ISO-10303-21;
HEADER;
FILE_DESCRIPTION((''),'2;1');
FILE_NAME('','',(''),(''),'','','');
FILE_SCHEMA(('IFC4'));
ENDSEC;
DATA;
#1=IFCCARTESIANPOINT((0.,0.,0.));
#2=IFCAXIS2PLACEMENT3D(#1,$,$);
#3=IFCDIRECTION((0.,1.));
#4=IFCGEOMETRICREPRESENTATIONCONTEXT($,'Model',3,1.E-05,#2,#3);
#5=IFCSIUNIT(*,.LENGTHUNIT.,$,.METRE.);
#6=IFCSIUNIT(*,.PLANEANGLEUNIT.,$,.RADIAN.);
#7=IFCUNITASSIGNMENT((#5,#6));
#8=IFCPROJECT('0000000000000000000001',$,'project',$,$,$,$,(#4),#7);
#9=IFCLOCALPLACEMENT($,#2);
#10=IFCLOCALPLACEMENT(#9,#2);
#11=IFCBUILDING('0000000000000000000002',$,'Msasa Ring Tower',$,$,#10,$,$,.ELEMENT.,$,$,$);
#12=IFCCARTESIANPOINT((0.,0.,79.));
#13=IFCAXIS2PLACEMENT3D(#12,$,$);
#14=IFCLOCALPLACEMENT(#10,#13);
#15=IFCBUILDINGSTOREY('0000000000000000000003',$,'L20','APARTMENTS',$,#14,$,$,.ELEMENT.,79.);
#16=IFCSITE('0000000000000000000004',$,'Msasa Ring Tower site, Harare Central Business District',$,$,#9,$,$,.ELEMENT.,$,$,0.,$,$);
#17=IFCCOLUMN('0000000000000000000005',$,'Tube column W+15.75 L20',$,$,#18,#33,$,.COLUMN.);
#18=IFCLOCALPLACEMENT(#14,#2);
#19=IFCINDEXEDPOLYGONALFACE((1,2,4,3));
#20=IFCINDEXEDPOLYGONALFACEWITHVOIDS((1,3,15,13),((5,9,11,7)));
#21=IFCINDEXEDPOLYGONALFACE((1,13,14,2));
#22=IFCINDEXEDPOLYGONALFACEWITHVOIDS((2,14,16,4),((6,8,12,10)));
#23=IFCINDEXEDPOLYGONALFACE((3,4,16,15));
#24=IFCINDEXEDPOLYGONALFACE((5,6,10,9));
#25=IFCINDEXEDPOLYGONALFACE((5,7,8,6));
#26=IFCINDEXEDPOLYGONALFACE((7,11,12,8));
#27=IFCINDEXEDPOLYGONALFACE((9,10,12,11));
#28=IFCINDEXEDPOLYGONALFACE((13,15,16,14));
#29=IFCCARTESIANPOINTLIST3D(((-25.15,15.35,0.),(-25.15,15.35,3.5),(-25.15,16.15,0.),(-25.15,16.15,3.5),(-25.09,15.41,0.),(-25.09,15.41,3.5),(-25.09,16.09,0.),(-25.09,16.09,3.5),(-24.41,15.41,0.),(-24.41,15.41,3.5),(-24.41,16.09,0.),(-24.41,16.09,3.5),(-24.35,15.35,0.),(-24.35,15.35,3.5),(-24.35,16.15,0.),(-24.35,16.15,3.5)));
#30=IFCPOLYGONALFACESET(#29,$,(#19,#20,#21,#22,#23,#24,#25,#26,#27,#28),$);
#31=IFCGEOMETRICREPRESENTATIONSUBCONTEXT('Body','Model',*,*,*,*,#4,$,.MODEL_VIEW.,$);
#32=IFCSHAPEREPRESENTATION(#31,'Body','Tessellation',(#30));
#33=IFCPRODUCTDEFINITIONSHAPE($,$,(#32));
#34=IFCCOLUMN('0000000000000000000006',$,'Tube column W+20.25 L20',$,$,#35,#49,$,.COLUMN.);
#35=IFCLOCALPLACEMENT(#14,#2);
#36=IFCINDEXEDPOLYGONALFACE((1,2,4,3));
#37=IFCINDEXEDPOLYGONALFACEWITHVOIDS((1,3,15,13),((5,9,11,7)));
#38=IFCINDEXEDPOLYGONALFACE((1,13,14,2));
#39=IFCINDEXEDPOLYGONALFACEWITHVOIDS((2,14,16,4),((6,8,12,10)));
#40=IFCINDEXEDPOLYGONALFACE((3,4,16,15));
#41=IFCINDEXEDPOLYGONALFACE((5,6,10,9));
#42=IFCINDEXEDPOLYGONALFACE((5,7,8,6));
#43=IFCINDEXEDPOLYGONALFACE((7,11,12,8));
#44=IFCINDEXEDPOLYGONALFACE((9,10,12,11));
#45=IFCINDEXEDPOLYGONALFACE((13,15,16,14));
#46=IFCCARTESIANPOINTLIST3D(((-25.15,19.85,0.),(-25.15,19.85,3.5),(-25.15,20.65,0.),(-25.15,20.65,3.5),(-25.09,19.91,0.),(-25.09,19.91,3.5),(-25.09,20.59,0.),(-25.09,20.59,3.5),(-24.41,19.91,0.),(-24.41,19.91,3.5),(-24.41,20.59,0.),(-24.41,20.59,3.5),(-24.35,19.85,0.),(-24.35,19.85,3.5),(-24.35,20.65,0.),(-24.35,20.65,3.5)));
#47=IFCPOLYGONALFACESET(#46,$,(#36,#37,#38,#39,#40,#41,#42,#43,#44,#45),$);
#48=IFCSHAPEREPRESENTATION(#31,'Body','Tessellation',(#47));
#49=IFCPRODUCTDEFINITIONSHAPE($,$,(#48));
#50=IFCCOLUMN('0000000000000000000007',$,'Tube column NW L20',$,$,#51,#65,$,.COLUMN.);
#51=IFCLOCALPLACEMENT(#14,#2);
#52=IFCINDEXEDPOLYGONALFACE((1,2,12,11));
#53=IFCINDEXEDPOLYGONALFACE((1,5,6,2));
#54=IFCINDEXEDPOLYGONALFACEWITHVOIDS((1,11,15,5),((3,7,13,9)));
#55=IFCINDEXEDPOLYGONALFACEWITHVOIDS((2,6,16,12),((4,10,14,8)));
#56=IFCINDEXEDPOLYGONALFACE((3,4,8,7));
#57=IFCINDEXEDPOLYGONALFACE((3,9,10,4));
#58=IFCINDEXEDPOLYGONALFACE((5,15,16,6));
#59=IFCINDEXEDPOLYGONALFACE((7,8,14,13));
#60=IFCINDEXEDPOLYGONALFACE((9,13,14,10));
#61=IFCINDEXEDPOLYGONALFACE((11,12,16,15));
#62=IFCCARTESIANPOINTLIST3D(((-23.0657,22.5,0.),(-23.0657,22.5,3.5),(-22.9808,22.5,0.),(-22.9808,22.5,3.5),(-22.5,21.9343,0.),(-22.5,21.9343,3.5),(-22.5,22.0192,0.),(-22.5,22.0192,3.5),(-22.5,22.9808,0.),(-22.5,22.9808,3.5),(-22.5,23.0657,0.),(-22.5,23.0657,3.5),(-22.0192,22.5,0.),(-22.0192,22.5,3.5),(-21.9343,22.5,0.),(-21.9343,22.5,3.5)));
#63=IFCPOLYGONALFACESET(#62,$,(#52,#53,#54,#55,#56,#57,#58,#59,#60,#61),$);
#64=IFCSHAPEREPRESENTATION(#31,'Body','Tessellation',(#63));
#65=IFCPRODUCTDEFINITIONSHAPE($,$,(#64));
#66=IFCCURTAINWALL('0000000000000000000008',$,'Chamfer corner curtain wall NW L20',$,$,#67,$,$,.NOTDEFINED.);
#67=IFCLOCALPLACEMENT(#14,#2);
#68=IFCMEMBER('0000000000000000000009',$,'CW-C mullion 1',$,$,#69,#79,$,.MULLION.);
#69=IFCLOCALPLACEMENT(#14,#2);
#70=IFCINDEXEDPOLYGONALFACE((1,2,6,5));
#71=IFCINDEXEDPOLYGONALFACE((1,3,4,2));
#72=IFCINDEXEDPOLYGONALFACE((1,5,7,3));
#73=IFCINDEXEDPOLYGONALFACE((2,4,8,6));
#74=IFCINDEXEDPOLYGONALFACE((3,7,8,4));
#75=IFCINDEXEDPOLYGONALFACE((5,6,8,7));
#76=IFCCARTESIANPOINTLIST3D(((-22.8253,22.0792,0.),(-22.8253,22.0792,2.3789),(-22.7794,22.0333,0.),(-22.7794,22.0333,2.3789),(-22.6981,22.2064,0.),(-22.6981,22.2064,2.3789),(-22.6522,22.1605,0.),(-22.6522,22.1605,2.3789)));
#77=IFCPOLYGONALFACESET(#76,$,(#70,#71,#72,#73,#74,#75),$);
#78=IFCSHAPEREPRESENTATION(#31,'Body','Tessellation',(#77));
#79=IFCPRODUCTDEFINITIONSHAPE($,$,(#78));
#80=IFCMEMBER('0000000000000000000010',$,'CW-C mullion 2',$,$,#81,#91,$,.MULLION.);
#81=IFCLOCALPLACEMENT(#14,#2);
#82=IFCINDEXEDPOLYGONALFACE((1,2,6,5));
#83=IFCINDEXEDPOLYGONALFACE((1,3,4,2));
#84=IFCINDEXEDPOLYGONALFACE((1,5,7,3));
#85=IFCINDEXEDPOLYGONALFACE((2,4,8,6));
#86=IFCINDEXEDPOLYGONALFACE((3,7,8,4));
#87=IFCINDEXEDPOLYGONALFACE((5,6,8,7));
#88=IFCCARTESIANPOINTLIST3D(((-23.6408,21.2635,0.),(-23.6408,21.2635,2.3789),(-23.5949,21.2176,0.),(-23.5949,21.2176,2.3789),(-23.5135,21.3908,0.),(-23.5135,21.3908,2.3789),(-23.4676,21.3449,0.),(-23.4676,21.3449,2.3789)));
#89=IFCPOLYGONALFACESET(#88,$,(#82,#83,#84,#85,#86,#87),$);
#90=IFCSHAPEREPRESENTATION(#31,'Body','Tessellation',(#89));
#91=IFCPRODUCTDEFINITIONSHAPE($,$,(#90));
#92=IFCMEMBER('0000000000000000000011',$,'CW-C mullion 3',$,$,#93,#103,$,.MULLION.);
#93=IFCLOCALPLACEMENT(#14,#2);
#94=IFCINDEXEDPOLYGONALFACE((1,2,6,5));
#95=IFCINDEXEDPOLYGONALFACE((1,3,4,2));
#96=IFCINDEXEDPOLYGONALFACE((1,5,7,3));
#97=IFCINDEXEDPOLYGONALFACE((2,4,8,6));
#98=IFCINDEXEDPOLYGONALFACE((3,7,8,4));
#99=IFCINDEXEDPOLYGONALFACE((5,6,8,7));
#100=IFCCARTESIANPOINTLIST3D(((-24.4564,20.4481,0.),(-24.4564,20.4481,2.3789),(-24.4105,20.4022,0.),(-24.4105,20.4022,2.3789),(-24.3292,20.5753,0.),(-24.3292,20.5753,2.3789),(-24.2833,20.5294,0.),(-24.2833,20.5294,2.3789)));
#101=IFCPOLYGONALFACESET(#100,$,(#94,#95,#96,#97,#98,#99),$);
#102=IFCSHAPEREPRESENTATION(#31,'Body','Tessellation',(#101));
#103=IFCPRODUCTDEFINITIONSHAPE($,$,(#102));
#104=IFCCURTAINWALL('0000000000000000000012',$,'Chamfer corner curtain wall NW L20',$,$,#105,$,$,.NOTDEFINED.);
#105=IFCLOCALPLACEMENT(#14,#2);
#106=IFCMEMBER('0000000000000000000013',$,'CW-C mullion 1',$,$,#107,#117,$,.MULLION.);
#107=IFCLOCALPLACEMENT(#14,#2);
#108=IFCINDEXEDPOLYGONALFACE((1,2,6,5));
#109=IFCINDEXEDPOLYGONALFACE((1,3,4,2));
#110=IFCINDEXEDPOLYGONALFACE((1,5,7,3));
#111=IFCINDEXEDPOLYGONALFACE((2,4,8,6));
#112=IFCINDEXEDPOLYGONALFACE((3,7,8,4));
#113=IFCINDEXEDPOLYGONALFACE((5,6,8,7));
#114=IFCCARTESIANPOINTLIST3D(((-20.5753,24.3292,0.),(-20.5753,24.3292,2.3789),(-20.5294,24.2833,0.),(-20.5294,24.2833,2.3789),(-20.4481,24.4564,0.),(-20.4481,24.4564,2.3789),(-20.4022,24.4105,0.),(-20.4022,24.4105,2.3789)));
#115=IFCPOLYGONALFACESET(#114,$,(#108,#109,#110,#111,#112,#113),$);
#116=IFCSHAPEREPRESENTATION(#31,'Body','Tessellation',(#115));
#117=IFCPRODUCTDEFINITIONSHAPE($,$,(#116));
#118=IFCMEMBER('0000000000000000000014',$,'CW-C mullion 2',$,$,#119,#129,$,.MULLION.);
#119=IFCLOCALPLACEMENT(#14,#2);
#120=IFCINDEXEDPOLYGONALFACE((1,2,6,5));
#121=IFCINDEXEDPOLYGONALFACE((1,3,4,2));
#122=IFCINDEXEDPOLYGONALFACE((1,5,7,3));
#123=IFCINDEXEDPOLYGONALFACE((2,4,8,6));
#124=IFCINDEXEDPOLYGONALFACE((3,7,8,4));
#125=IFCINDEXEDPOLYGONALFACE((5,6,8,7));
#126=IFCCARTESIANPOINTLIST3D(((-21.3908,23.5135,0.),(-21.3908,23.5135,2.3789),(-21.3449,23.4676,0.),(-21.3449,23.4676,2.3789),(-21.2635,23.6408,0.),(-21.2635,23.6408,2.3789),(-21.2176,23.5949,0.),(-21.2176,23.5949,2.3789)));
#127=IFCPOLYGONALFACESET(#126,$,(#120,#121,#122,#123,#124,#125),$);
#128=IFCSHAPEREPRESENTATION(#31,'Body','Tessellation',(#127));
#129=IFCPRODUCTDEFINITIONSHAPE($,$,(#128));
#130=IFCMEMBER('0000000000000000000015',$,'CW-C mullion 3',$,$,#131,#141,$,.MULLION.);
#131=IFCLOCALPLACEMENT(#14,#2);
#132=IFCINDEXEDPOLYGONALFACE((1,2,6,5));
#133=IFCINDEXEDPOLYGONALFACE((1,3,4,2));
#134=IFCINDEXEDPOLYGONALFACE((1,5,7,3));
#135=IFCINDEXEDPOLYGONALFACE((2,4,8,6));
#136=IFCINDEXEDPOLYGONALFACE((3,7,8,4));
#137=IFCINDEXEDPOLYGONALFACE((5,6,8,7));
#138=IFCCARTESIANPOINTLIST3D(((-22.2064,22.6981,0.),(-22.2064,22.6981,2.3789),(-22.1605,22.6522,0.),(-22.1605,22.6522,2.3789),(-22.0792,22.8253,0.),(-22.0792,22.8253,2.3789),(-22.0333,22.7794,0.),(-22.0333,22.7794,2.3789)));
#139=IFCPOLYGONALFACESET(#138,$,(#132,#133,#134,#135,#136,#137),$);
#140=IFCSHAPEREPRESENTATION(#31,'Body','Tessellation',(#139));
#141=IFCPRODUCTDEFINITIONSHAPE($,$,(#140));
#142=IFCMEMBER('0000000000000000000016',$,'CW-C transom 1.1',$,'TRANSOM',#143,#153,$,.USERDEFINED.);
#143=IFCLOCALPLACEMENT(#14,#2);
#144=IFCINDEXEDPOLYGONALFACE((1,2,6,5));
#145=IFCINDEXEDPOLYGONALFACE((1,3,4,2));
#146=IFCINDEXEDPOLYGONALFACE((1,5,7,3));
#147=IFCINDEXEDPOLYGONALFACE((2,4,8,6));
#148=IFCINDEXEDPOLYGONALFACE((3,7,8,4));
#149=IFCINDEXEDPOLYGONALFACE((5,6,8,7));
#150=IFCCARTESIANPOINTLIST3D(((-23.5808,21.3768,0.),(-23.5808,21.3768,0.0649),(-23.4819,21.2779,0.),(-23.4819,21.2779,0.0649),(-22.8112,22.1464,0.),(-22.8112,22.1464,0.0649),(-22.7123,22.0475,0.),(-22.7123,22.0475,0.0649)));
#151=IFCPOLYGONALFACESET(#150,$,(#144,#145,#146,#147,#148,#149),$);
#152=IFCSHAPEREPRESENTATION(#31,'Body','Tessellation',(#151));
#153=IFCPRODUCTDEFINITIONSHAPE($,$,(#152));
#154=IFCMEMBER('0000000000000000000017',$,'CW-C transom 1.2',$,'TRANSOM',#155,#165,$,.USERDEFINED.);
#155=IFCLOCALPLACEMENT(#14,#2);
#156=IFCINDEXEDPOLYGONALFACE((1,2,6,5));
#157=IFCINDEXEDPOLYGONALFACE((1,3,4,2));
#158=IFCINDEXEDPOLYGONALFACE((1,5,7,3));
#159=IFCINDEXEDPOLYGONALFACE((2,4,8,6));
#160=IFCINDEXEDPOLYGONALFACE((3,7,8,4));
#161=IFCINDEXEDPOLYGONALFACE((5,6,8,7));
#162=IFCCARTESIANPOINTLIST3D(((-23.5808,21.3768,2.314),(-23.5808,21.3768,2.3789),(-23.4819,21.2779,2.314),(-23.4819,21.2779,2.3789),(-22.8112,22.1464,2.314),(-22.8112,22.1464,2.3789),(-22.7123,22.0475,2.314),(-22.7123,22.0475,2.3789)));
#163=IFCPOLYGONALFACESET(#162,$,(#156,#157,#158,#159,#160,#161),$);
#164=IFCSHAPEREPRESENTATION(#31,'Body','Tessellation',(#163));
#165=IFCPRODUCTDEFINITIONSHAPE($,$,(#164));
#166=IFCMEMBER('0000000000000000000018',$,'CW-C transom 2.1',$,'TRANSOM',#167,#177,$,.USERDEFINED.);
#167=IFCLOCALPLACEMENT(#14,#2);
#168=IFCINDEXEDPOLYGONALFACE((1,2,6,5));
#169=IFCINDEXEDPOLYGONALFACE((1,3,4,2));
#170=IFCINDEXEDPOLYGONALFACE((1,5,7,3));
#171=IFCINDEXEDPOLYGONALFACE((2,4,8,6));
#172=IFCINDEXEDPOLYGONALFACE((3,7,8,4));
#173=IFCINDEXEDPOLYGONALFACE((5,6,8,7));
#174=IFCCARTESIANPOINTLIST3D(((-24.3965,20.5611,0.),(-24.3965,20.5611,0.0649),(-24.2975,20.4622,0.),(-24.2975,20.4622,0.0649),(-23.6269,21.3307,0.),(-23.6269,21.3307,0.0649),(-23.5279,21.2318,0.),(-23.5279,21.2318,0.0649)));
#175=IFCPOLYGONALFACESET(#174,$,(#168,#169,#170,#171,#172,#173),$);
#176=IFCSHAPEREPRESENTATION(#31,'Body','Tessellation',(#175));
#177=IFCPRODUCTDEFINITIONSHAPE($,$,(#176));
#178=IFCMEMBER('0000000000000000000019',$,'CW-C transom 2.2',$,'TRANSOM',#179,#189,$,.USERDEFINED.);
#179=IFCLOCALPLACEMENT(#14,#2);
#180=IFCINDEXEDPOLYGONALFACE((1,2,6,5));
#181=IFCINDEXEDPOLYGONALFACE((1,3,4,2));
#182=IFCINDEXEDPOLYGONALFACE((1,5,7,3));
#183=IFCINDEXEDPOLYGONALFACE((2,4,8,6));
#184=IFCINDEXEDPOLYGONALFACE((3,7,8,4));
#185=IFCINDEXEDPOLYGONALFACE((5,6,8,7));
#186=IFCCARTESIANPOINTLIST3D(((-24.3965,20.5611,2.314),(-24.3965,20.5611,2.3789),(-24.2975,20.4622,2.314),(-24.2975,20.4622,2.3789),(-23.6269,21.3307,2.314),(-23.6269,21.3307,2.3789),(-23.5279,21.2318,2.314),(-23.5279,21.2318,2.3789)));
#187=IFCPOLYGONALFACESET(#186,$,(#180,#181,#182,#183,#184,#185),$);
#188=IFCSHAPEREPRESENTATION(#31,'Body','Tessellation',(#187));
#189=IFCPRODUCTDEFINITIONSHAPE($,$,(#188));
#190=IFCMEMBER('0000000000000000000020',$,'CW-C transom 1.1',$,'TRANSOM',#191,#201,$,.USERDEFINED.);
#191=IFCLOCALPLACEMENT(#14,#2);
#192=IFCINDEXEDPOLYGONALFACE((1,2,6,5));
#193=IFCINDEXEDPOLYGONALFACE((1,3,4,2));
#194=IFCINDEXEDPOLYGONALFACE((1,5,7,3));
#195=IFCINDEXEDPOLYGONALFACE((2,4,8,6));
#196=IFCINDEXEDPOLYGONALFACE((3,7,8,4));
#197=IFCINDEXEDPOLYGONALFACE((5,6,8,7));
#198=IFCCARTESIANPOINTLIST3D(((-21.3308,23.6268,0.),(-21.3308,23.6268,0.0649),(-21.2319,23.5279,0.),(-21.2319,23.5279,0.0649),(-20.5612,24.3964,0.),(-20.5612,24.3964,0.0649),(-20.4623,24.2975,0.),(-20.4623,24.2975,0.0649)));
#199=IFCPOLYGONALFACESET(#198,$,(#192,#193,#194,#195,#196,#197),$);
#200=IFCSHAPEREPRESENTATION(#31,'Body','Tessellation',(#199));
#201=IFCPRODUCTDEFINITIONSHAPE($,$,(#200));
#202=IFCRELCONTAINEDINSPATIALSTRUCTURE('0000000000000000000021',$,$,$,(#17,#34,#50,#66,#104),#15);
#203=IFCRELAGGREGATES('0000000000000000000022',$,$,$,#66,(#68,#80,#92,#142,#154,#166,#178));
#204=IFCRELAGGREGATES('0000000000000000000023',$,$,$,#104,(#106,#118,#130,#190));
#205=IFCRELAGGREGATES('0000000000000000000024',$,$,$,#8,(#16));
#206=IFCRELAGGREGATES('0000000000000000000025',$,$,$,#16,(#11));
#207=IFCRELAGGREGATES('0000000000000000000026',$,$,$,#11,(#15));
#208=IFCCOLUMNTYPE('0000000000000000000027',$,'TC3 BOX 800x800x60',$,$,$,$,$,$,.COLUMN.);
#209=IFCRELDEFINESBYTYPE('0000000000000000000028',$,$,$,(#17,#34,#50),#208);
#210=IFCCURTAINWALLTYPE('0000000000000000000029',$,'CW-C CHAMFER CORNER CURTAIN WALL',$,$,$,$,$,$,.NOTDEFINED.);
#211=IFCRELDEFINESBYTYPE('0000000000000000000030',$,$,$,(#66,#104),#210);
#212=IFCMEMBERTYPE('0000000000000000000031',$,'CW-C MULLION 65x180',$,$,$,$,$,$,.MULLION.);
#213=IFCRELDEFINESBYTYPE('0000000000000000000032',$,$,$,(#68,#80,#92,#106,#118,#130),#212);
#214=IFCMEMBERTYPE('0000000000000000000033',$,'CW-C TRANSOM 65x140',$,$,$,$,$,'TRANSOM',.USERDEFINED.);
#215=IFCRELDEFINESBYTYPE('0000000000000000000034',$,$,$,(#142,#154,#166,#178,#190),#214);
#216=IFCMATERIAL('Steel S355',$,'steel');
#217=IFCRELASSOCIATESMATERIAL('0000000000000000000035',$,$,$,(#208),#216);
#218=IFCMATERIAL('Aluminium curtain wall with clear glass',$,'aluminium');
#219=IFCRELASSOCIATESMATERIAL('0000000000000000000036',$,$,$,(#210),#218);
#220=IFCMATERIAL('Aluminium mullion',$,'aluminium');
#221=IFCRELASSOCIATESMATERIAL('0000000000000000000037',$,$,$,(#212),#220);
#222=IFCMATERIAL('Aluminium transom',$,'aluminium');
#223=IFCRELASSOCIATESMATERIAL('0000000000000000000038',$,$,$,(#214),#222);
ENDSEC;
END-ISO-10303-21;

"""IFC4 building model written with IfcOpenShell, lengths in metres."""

from ifc_helpers import new_model, si_unit, direction, frame, origin, origin_2d, place, context, subcontext, project, spatial, rectangle, hollow_rectangle, extrude, material, material_profile, profile_set, type_object, element, aggregate, save


model = new_model("IFC4")

# Units and contexts
model_context = context("Model", 3, precision=1e-05, world=origin(), true_north=direction((0.0, 1.0)))
body_context = subcontext(model_context, "Body", "Model", "MODEL_VIEW")
ifc_project = project(units=[si_unit("LENGTHUNIT", "METRE"), si_unit("PLANEANGLEUNIT", "RADIAN")], contexts=[model_context])

# Site, building, storey
site_placement = place(None, origin())
site = spatial("IfcSite", under=ifc_project, at=site_placement, Name="Msasa Ring Tower site, Harare Central Business District", CompositionType="ELEMENT", RefElevation=0.0)
building_placement = place(site_placement, origin())
building = spatial("IfcBuilding", under=site, at=building_placement, Name="Msasa Ring Tower", CompositionType="ELEMENT")
storey_placement = place(building_placement, frame((0.0, 0.0, 79.0)))
storey = spatial("IfcBuildingStorey", under=building, at=storey_placement, Name="L20", Description="APARTMENTS", CompositionType="ELEMENT", Elevation=79.0)

# Columns
ifc_material_1 = material(Name="Steel S355", Category="steel")
ifc_material_profile_1 = material_profile(ifc_material_1, hollow_rectangle(XDim=0.8, YDim=0.8, WallThickness=0.0601, at=origin_2d()), Name="BOX 800x800x60")
ifc_profile_set_1 = profile_set([ifc_material_profile_1], Name="Steel S355")
column_type = type_object("IfcColumnType", Name="TC3 BOX 800x800x60", PredefinedType="COLUMN", material=ifc_profile_set_1)
for number, where, z_axis, x_axis, name in (
    (1, (-24.75, 15.75, 0.0), (0.0, 0.0, 1.0), (1.0, 0.0, 0.0), "Tube column W+15.75 L20"),
    (2, (-24.75, 20.25, 0.0), (0.0, 0.0, 1.0), (1.0, 0.0, 0.0), "Tube column W+20.25 L20"),
    (3, (-22.5, 22.5, 0.0), (0.0, 0.0, 1.0), (0.707107, -0.707107, 0.0), "Tube column NW L20"),
):
    element("IfcColumn", number, at=place(storey_placement, frame(where, z_axis=z_axis, x_axis=x_axis)), inside=storey, type_object=column_type, Name=name, PredefinedType="COLUMN", context=body_context, shape_type="SweptSolid", body=[
        extrude(hollow_rectangle(XDim=0.8, YDim=0.8, WallThickness=0.0601, at=origin_2d()), origin(), (0.0, 0.0, 1.0), 3.5),
    ])

# Curtain walls, members
ifc_material_2 = material(Name="Aluminium curtain wall with clear glass", Category="aluminium")
curtain_wall_type = type_object("IfcCurtainWallType", Name="CW-C CHAMFER CORNER CURTAIN WALL", PredefinedType="NOTDEFINED", material=ifc_material_2)
curtain_wall_1_placement = place(storey_placement, origin())
curtain_wall_1 = element("IfcCurtainWall", 4, at=curtain_wall_1_placement, inside=storey, type_object=curtain_wall_type, Name="Chamfer corner curtain wall NW L20", PredefinedType="NOTDEFINED")
ifc_material_3 = material(Name="Aluminium mullion", Category="aluminium")
ifc_material_profile_2 = material_profile(ifc_material_3, rectangle(XDim=0.0649, YDim=0.1799, at=origin_2d()), Name="AL 65x180")
ifc_profile_set_2 = profile_set([ifc_material_profile_2], Name="Aluminium mullion")
member_type_1 = type_object("IfcMemberType", Name="CW-C MULLION 65x180", PredefinedType="MULLION", material=ifc_profile_set_2)
member_1_placement = place(storey_placement, frame((-22.7388, 22.1199, 0.0), z_axis=(0.0, 0.0, 1.0), x_axis=(0.707107, -0.707107, 0.0)))
member_1 = element("IfcMember", 5, at=member_1_placement, type_object=member_type_1, Name="CW-C mullion 1", PredefinedType="MULLION", context=body_context, shape_type="SweptSolid", body=[
    extrude(rectangle(XDim=0.0649, YDim=0.1799, at=origin_2d()), origin(), (0.0, 0.0, 1.0), 2.3789),
])
member_2_placement = place(storey_placement, frame((-23.5542, 21.3042, 0.0), z_axis=(0.0, 0.0, 1.0), x_axis=(0.707107, -0.707107, 0.0)))
member_2 = element("IfcMember", 6, at=member_2_placement, type_object=member_type_1, Name="CW-C mullion 2", PredefinedType="MULLION", context=body_context, shape_type="SweptSolid", body=[
    extrude(rectangle(XDim=0.0649, YDim=0.1799, at=origin_2d()), origin(), (0.0, 0.0, 1.0), 2.3789),
])
member_3_placement = place(storey_placement, frame((-24.3699, 20.4888, 0.0), z_axis=(0.0, 0.0, 1.0), x_axis=(0.707107, -0.707107, 0.0)))
member_3 = element("IfcMember", 7, at=member_3_placement, type_object=member_type_1, Name="CW-C mullion 3", PredefinedType="MULLION", context=body_context, shape_type="SweptSolid", body=[
    extrude(rectangle(XDim=0.0649, YDim=0.1799, at=origin_2d()), origin(), (0.0, 0.0, 1.0), 2.3789),
])
curtain_wall_2_placement = place(storey_placement, origin())
curtain_wall_2 = element("IfcCurtainWall", 8, at=curtain_wall_2_placement, inside=storey, type_object=curtain_wall_type, Name="Chamfer corner curtain wall NW L20", PredefinedType="NOTDEFINED")
member_4_placement = place(storey_placement, frame((-20.4888, 24.3699, 0.0), z_axis=(0.0, 0.0, 1.0), x_axis=(0.707107, -0.707107, 0.0)))
member_4 = element("IfcMember", 9, at=member_4_placement, type_object=member_type_1, Name="CW-C mullion 1", PredefinedType="MULLION", context=body_context, shape_type="SweptSolid", body=[
    extrude(rectangle(XDim=0.0649, YDim=0.1799, at=origin_2d()), origin(), (0.0, 0.0, 1.0), 2.3789),
])
member_5_placement = place(storey_placement, frame((-21.3042, 23.5542, 0.0), z_axis=(0.0, 0.0, 1.0), x_axis=(0.707107, -0.707107, 0.0)))
member_5 = element("IfcMember", 10, at=member_5_placement, type_object=member_type_1, Name="CW-C mullion 2", PredefinedType="MULLION", context=body_context, shape_type="SweptSolid", body=[
    extrude(rectangle(XDim=0.0649, YDim=0.1799, at=origin_2d()), origin(), (0.0, 0.0, 1.0), 2.3789),
])
member_6_placement = place(storey_placement, frame((-22.1199, 22.7388, 0.0), z_axis=(0.0, 0.0, 1.0), x_axis=(0.707107, -0.707107, 0.0)))
member_6 = element("IfcMember", 11, at=member_6_placement, type_object=member_type_1, Name="CW-C mullion 3", PredefinedType="MULLION", context=body_context, shape_type="SweptSolid", body=[
    extrude(rectangle(XDim=0.0649, YDim=0.1799, at=origin_2d()), origin(), (0.0, 0.0, 1.0), 2.3789),
])

# Members
ifc_material_4 = material(Name="Aluminium transom", Category="aluminium")
ifc_material_profile_3 = material_profile(ifc_material_4, rectangle(XDim=0.1399, YDim=0.0649, at=origin_2d()), Name="AL 65x140")
ifc_profile_set_3 = profile_set([ifc_material_profile_3], Name="Aluminium transom")
member_type_2 = type_object("IfcMemberType", Name="CW-C TRANSOM 65x140", ElementType="TRANSOM", PredefinedType="USERDEFINED", material=ifc_profile_set_3)
member_7_placement = place(storey_placement, frame((-22.7617, 22.0969, 0.0325), z_axis=(-0.707107, -0.707107, 0.0), x_axis=(0.707107, -0.707107, 0.0)))
member_7 = element("IfcMember", 12, at=member_7_placement, type_object=member_type_2, Name="CW-C transom 1.1", ObjectType="TRANSOM", PredefinedType="USERDEFINED", context=body_context, shape_type="SweptSolid", body=[
    extrude(rectangle(XDim=0.1399, YDim=0.0649, at=origin_2d()), origin(), (0.0, 0.0, 1.0), 1.0884),
])
member_8_placement = place(storey_placement, frame((-22.7617, 22.0969, 2.3464), z_axis=(-0.707107, -0.707107, 0.0), x_axis=(0.707107, -0.707107, 0.0)))
member_8 = element("IfcMember", 13, at=member_8_placement, type_object=member_type_2, Name="CW-C transom 1.2", ObjectType="TRANSOM", PredefinedType="USERDEFINED", context=body_context, shape_type="SweptSolid", body=[
    extrude(rectangle(XDim=0.1399, YDim=0.0649, at=origin_2d()), origin(), (0.0, 0.0, 1.0), 1.0884),
])
member_9_placement = place(storey_placement, frame((-23.5774, 21.2812, 0.0325), z_axis=(-0.707107, -0.707107, 0.0), x_axis=(0.707107, -0.707107, 0.0)))
member_9 = element("IfcMember", 14, at=member_9_placement, type_object=member_type_2, Name="CW-C transom 2.1", ObjectType="TRANSOM", PredefinedType="USERDEFINED", context=body_context, shape_type="SweptSolid", body=[
    extrude(rectangle(XDim=0.1399, YDim=0.0649, at=origin_2d()), origin(), (0.0, 0.0, 1.0), 1.0884),
])
member_10_placement = place(storey_placement, frame((-23.5774, 21.2812, 2.3464), z_axis=(-0.707107, -0.707107, 0.0), x_axis=(0.707107, -0.707107, 0.0)))
member_10 = element("IfcMember", 15, at=member_10_placement, type_object=member_type_2, Name="CW-C transom 2.2", ObjectType="TRANSOM", PredefinedType="USERDEFINED", context=body_context, shape_type="SweptSolid", body=[
    extrude(rectangle(XDim=0.1399, YDim=0.0649, at=origin_2d()), origin(), (0.0, 0.0, 1.0), 1.0884),
])
member_11_placement = place(storey_placement, frame((-20.5117, 24.3469, 0.0325), z_axis=(-0.707107, -0.707107, 0.0), x_axis=(0.707107, -0.707107, 0.0)))
member_11 = element("IfcMember", 16, at=member_11_placement, type_object=member_type_2, Name="CW-C transom 1.1", ObjectType="TRANSOM", PredefinedType="USERDEFINED", context=body_context, shape_type="SweptSolid", body=[
    extrude(rectangle(XDim=0.1399, YDim=0.0649, at=origin_2d()), origin(), (0.0, 0.0, 1.0), 1.0884),
])

aggregate(curtain_wall_1, [member_1, member_2, member_3, member_7, member_8, member_9, member_10])
aggregate(curtain_wall_2, [member_4, member_5, member_6, member_11])

save(model, "model.ifc")
